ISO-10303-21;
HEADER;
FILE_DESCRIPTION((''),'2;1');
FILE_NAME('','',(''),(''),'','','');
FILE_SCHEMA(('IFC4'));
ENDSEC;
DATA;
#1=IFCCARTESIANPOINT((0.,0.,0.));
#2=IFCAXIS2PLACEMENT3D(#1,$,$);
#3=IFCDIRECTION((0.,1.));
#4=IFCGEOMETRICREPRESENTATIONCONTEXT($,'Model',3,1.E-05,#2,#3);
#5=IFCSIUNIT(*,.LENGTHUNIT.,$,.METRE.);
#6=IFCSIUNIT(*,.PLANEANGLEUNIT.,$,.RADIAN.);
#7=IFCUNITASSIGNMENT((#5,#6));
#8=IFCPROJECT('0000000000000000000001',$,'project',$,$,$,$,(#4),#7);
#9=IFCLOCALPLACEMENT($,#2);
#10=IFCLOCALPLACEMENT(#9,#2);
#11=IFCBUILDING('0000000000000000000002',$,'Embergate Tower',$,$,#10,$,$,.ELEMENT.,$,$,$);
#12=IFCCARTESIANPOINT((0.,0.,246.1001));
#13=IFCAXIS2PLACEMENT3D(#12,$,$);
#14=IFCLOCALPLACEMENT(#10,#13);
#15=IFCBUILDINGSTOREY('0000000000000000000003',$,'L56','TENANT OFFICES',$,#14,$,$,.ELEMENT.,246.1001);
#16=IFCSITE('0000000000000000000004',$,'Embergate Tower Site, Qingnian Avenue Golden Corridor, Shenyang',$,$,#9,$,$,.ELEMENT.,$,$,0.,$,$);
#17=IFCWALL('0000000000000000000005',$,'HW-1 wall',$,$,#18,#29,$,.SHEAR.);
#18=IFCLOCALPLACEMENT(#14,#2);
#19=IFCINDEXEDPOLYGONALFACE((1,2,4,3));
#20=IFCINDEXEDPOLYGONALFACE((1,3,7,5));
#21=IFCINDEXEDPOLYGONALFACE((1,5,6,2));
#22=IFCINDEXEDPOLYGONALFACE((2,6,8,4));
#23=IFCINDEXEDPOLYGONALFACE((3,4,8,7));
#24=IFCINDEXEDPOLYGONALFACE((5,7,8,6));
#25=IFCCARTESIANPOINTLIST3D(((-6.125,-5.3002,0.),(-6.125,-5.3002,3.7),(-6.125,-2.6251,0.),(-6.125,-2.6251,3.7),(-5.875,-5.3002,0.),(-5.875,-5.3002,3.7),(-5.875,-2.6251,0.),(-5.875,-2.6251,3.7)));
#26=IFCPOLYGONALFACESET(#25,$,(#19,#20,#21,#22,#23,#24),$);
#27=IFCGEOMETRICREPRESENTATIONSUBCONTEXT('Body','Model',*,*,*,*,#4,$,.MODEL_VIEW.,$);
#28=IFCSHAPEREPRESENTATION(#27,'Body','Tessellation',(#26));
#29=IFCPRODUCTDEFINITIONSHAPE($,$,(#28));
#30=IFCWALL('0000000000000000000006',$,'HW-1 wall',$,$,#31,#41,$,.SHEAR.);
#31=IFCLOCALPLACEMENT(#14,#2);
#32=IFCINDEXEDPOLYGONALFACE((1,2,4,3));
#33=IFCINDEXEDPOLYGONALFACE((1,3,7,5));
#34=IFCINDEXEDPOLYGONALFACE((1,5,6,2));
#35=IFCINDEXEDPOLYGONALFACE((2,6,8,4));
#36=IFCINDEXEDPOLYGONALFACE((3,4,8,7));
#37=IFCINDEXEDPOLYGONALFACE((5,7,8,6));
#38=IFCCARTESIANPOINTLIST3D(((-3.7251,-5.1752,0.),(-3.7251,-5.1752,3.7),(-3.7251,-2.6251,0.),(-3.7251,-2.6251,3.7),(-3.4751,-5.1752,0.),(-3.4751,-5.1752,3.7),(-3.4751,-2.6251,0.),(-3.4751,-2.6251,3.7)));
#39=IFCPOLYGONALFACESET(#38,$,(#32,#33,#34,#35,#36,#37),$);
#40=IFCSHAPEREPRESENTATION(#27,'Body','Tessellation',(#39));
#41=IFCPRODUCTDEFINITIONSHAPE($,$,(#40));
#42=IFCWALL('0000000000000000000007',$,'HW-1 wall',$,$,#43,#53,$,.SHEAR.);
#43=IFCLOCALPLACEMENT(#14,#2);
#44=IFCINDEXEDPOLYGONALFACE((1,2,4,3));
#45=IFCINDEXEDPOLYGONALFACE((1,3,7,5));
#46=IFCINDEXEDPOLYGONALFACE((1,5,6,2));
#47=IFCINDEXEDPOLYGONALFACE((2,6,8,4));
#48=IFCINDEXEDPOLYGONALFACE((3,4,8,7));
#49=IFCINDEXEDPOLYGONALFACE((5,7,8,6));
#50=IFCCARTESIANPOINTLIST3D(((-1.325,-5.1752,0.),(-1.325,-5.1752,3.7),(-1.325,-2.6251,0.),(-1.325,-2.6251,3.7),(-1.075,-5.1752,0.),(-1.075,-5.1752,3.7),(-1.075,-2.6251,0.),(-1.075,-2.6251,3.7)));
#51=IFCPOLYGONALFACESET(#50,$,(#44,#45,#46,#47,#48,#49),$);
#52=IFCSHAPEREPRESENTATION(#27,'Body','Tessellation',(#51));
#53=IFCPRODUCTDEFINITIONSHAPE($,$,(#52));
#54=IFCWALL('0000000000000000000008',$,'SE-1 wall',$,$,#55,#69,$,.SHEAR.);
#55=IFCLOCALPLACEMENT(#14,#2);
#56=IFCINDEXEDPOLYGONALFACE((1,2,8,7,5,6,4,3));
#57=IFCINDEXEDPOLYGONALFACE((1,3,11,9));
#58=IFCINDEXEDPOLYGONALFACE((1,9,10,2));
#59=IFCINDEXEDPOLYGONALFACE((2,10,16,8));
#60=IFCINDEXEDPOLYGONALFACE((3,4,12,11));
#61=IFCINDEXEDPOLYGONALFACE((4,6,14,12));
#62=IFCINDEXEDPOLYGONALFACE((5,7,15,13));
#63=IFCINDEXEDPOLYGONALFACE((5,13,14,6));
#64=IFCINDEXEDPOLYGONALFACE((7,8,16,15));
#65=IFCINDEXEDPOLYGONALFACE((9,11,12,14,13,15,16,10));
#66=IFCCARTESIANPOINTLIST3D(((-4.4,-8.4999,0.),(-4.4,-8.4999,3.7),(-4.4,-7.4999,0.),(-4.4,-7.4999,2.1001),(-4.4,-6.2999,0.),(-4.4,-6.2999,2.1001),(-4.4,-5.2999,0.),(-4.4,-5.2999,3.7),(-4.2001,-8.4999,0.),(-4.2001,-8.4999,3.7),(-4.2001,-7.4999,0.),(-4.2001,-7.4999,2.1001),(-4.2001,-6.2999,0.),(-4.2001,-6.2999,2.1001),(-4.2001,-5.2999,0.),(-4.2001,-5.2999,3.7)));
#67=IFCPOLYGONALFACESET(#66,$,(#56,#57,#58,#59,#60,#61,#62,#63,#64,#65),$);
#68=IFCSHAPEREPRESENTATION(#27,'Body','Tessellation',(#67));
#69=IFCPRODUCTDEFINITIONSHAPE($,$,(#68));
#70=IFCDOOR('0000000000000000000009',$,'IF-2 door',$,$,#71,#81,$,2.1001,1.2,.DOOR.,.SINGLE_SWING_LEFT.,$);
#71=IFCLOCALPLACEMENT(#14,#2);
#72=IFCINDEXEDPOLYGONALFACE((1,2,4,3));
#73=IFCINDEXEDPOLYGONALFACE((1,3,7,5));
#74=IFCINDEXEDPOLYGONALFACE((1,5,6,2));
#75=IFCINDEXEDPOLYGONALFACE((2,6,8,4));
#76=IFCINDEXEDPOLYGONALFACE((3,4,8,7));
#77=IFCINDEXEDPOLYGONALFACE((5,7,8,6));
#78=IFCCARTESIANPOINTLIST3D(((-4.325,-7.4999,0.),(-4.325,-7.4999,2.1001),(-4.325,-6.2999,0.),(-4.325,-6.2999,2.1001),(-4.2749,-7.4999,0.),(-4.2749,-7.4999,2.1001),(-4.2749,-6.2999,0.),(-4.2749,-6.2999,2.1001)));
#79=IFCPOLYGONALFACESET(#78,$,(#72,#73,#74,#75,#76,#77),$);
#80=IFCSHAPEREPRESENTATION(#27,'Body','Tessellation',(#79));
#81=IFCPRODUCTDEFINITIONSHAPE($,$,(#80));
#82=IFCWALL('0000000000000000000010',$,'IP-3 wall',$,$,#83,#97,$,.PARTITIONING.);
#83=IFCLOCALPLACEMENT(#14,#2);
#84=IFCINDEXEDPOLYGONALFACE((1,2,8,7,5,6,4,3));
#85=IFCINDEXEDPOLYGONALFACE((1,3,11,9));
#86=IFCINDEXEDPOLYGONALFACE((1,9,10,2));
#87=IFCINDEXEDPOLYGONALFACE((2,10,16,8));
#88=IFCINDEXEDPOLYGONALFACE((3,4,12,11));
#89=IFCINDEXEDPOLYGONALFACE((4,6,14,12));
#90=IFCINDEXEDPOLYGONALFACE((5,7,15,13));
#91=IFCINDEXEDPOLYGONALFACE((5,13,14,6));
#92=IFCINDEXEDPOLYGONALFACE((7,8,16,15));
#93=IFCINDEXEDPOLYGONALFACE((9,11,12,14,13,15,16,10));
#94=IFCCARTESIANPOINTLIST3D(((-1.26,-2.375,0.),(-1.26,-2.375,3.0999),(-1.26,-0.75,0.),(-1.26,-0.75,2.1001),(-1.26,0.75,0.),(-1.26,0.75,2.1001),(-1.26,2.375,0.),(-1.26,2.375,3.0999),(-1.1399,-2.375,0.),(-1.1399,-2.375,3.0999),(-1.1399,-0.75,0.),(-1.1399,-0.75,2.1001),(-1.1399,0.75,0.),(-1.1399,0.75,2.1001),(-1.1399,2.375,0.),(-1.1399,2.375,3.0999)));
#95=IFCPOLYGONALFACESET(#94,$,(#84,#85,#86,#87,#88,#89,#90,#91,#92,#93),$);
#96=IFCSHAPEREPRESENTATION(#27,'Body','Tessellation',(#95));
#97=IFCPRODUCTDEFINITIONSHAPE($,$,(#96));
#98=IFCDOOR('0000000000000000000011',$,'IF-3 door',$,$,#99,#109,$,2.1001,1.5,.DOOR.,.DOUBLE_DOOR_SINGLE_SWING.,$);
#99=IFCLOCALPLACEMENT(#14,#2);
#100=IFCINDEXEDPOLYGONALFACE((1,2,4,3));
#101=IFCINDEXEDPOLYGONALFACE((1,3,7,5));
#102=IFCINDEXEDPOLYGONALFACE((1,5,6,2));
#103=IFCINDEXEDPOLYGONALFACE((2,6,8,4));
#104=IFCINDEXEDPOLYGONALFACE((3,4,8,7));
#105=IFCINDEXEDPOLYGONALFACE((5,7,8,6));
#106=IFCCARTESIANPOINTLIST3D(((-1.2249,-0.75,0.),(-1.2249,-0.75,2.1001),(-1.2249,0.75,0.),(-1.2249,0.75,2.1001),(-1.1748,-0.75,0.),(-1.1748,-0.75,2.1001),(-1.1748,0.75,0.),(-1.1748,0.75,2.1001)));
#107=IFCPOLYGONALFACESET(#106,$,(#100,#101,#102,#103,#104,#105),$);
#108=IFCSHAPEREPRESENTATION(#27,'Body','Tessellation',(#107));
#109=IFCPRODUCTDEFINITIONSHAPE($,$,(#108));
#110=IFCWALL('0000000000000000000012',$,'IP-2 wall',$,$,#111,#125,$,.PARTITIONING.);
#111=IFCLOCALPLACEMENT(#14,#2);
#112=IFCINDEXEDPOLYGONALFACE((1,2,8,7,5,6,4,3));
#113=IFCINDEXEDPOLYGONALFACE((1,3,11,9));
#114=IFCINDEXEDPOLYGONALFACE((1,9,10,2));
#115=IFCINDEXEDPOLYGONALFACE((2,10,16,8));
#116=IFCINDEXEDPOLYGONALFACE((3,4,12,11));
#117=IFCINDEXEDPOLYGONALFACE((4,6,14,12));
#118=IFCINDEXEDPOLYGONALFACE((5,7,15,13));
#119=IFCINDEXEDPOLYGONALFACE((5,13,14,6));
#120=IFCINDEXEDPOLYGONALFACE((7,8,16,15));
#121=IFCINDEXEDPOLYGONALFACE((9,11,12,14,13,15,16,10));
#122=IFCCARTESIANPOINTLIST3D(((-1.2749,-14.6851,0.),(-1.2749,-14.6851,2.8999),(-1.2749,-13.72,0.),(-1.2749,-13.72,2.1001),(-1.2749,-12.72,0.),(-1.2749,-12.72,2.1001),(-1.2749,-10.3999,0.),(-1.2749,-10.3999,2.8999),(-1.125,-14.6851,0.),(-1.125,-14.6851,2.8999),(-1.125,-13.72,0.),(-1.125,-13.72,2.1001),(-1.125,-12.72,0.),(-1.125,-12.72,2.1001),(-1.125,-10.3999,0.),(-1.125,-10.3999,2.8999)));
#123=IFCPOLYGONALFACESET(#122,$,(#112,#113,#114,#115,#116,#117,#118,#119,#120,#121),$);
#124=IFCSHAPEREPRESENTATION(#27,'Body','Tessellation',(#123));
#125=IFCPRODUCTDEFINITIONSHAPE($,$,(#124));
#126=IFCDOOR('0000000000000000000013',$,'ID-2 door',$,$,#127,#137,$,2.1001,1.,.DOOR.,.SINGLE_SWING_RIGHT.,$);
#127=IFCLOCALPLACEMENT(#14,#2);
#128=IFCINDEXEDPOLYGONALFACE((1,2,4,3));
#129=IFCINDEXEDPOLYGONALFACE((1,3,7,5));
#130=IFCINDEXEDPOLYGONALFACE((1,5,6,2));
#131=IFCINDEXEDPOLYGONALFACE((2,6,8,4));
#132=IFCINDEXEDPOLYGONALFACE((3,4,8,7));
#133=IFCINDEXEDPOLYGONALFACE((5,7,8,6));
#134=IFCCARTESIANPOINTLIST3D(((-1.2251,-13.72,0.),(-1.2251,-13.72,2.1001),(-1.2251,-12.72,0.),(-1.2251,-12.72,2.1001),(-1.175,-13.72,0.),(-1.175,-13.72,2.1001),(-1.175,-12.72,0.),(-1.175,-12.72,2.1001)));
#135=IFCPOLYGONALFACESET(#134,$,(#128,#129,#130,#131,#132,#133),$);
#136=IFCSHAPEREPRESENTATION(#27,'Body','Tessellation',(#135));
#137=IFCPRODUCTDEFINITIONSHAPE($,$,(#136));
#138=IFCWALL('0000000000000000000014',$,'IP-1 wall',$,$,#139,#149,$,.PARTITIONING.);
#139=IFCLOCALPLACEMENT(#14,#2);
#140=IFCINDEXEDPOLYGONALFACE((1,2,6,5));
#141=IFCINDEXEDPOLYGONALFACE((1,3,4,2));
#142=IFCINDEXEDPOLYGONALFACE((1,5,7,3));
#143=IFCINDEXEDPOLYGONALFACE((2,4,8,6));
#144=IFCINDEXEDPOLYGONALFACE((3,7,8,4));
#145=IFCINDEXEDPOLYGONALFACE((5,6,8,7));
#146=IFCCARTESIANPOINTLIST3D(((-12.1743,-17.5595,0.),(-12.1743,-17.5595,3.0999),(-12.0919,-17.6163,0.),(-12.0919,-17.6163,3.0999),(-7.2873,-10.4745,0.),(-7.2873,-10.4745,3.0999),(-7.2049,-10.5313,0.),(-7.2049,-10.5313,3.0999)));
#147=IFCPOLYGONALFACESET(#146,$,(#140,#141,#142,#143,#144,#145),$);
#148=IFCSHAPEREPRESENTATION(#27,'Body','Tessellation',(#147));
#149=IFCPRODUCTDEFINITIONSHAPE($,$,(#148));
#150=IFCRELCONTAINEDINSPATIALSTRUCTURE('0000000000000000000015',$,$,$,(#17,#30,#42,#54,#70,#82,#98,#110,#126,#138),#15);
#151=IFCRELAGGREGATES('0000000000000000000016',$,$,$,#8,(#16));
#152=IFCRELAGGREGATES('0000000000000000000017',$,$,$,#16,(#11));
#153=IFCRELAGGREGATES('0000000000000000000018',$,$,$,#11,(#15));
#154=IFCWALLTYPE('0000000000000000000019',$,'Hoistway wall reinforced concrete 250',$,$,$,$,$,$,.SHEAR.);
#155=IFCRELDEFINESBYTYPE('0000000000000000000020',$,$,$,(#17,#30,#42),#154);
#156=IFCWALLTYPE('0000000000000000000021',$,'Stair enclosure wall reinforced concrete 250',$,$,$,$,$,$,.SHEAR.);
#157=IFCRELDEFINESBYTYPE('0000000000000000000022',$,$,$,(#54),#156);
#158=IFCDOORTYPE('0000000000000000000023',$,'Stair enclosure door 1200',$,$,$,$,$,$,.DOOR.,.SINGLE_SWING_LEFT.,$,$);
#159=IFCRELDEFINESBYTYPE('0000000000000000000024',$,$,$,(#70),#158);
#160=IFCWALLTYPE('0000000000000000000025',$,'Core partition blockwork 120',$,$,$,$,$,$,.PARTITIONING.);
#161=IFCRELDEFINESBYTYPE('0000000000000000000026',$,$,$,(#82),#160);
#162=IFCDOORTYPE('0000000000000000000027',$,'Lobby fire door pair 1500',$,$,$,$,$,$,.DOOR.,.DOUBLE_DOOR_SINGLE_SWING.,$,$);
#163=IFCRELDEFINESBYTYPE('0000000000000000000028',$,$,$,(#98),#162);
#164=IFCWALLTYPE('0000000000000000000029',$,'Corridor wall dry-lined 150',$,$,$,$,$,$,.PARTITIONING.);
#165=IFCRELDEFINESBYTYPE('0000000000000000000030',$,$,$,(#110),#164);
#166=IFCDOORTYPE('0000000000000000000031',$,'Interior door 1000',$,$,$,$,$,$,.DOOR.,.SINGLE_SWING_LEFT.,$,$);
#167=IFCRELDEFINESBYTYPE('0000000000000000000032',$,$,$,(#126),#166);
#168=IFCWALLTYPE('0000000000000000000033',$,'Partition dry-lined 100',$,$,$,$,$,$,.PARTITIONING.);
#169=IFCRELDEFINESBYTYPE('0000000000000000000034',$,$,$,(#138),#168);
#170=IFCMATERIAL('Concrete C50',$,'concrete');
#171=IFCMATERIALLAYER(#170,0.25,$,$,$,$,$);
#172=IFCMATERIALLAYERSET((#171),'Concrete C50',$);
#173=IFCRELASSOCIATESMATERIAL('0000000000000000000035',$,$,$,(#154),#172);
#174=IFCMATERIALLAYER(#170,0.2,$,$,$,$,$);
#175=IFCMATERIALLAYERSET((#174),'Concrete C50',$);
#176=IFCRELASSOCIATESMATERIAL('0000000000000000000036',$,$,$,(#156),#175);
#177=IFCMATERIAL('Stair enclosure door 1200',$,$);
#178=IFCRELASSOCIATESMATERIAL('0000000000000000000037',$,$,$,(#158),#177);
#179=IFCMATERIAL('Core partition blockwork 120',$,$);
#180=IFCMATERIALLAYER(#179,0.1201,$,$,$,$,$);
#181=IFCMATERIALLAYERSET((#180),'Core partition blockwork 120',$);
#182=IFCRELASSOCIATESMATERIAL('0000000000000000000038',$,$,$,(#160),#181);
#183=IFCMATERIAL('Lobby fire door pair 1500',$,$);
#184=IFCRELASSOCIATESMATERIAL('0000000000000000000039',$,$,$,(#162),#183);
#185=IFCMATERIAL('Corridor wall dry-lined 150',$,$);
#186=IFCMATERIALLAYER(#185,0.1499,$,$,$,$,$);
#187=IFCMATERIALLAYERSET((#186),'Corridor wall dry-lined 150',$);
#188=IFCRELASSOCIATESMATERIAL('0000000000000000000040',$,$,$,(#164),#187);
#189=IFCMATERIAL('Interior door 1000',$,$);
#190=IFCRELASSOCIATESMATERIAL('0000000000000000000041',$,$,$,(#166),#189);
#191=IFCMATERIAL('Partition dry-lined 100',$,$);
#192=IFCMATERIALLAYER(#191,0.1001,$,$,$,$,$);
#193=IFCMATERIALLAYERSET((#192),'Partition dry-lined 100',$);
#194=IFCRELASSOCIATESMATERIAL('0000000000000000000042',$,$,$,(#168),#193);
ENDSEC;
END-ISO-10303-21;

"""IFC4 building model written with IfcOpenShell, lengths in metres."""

from ifc_helpers import new_model, si_unit, direction, frame, frame_2d, origin, place, context, subcontext, project, spatial, rectangle, extrude, source, transform, mapped, material, layer, layer_set, type_object, element, fill, save


model = new_model("IFC4")

# Units and contexts
model_context = context("Model", 3, precision=1e-05, world=origin(), true_north=direction((0.0, 1.0)))
body_context = subcontext(model_context, "Body", "Model", "MODEL_VIEW")
ifc_project = project(units=[si_unit("LENGTHUNIT", "METRE"), si_unit("PLANEANGLEUNIT", "RADIAN")], contexts=[model_context])

# Site, building, storey
site_placement = place(None, origin())
site = spatial("IfcSite", under=ifc_project, at=site_placement, Name="Embergate Tower Site, Qingnian Avenue Golden Corridor, Shenyang", CompositionType="ELEMENT", RefElevation=0.0)
building_placement = place(site_placement, origin())
building = spatial("IfcBuilding", under=site, at=building_placement, Name="Embergate Tower", CompositionType="ELEMENT")
storey_placement = place(building_placement, frame((0.0, 0.0, 246.1001)))
storey = spatial("IfcBuildingStorey", under=building, at=storey_placement, Name="L56", Description="TENANT OFFICES", CompositionType="ELEMENT", Elevation=246.1001)

# Walls
ifc_material_1 = material(Name="Concrete C50", Category="concrete")
ifc_layer_1 = layer(ifc_material_1, 0.25)
ifc_layer_set_1 = layer_set([ifc_layer_1], Name="Concrete C50")
wall_type_1 = type_object("IfcWallType", Name="Hoistway wall reinforced concrete 250", PredefinedType="SHEAR", material=ifc_layer_set_1)
shared_shape_1 = source(origin(), body_context, "Body", "SweptSolid", [
    extrude(rectangle(XDim=2.675, YDim=0.25, at=frame_2d((1.3374, 0.0))), origin(), (0.0, 0.0, 1.0), 3.7),
])
wall_1_placement = place(storey_placement, frame((-6.0, -5.3, 0.0), z_axis=(0.0, 0.0, 1.0), x_axis=(0.0, 1.0, 0.0)))
element("IfcWall", 1, at=wall_1_placement, inside=storey, type_object=wall_type_1, Name="HW-1 wall", PredefinedType="SHEAR", context=body_context, shape_type="MappedRepresentation", body=[
    mapped(shared_shape_1, transform((0.0, 0.0, 0.0))),
])
shared_shape_2 = source(origin(), body_context, "Body", "SweptSolid", [
    extrude(rectangle(XDim=2.55, YDim=0.25, at=frame_2d((1.2749, 0.0))), origin(), (0.0, 0.0, 1.0), 3.7),
])
for number, where, z_axis, x_axis, name in (
    (2, (-3.6001, -5.175, 0.0), (0.0, 0.0, 1.0), (0.0, 1.0, 0.0), "HW-1 wall"),
    (3, (-1.2, -5.175, 0.0), (0.0, 0.0, 1.0), (0.0, 1.0, 0.0), "HW-1 wall"),
):
    element("IfcWall", number, at=place(storey_placement, frame(where, z_axis=z_axis, x_axis=x_axis)), inside=storey, type_object=wall_type_1, Name=name, PredefinedType="SHEAR", context=body_context, shape_type="MappedRepresentation", body=[
        mapped(shared_shape_2, transform((0.0, 0.0, 0.0))),
    ])

# Walls, openings, doors
ifc_layer_2 = layer(ifc_material_1, 0.2)
ifc_layer_set_2 = layer_set([ifc_layer_2], Name="Concrete C50")
wall_type_2 = type_object("IfcWallType", Name="Stair enclosure wall reinforced concrete 250", PredefinedType="SHEAR", material=ifc_layer_set_2)
shared_shape_3 = source(origin(), body_context, "Body", "SweptSolid", [
    extrude(rectangle(XDim=3.2, YDim=0.2, at=frame_2d((1.6001, 0.0))), origin(), (0.0, 0.0, 1.0), 3.7),
])
wall_2_placement = place(storey_placement, frame((-4.3, -8.5, 0.0), z_axis=(0.0, 0.0, 1.0), x_axis=(0.0, 1.0, 0.0)))
wall_2 = element("IfcWall", 4, at=wall_2_placement, inside=storey, type_object=wall_type_2, Name="SE-1 wall", PredefinedType="SHEAR", context=body_context, shape_type="MappedRepresentation", body=[
    mapped(shared_shape_3, transform((0.0, 0.0, 0.0))),
])
shared_shape_4 = source(origin(), body_context, "Body", "SweptSolid", [
    extrude(rectangle(XDim=1.2, YDim=2.1001, at=frame_2d((0.6001, 1.05))), frame((0.0, 0.1099, 0.0), z_axis=(0.0, -1.0, 0.0), x_axis=(1.0, 0.0, 0.0)), (0.0, 0.0, 1.0), 0.22),
])
opening_1_placement = place(wall_2_placement, frame((1.0, 0.0, 0.0)))
opening_1 = element("IfcOpeningElement", 5, at=opening_1_placement, cuts=wall_2, PredefinedType="OPENING", context=body_context, shape_type="MappedRepresentation", body=[
    mapped(shared_shape_4, transform((0.0, 0.0, 0.0))),
])
ifc_material_2 = material(Name="Stair enclosure door 1200")
door_type_1 = type_object("IfcDoorType", Name="Stair enclosure door 1200", OperationType="SINGLE_SWING_LEFT", PredefinedType="DOOR", material=ifc_material_2)
shared_shape_5 = source(origin(), body_context, "Body", "SweptSolid", [
    extrude(rectangle(XDim=1.2, YDim=2.1001, at=frame_2d((0.6001, 1.05))), frame((0.0, 0.0249, 0.0), z_axis=(0.0, -1.0, 0.0), x_axis=(1.0, 0.0, 0.0)), (0.0, 0.0, 1.0), 0.05),
])
door_1_placement = place(opening_1_placement, origin())
door_1 = element("IfcDoor", 6, at=door_1_placement, inside=storey, type_object=door_type_1, Name="IF-2 door", OperationType="SINGLE_SWING_LEFT", OverallHeight=2.1001, OverallWidth=1.2, PredefinedType="DOOR", context=body_context, shape_type="MappedRepresentation", body=[
    mapped(shared_shape_5, transform((0.0, 0.0, 0.0))),
])
fill(opening_1, door_1)
ifc_material_3 = material(Name="Core partition blockwork 120")
ifc_layer_3 = layer(ifc_material_3, 0.1201)
ifc_layer_set_3 = layer_set([ifc_layer_3], Name="Core partition blockwork 120")
wall_type_3 = type_object("IfcWallType", Name="Core partition blockwork 120", PredefinedType="PARTITIONING", material=ifc_layer_set_3)
shared_shape_6 = source(origin(), body_context, "Body", "SweptSolid", [
    extrude(rectangle(XDim=4.75, YDim=0.1201, at=frame_2d((2.375, 0.0))), origin(), (0.0, 0.0, 1.0), 3.0999),
])
wall_3_placement = place(storey_placement, frame((-1.2, -2.375, 0.0), z_axis=(0.0, 0.0, 1.0), x_axis=(0.0, 1.0, 0.0)))
wall_3 = element("IfcWall", 7, at=wall_3_placement, inside=storey, type_object=wall_type_3, Name="IP-3 wall", PredefinedType="PARTITIONING", context=body_context, shape_type="MappedRepresentation", body=[
    mapped(shared_shape_6, transform((0.0, 0.0, 0.0))),
])
shared_shape_7 = source(origin(), body_context, "Body", "SweptSolid", [
    extrude(rectangle(XDim=1.5, YDim=2.1001, at=frame_2d((0.75, 1.05))), frame((0.0, 0.0701, 0.0), z_axis=(0.0, -1.0, 0.0), x_axis=(1.0, 0.0, 0.0)), (0.0, 0.0, 1.0), 0.1401),
])
opening_2_placement = place(wall_3_placement, frame((1.625, 0.0, 0.0)))
opening_2 = element("IfcOpeningElement", 8, at=opening_2_placement, cuts=wall_3, PredefinedType="OPENING", context=body_context, shape_type="MappedRepresentation", body=[
    mapped(shared_shape_7, transform((0.0, 0.0, 0.0))),
])
ifc_material_4 = material(Name="Lobby fire door pair 1500")
door_type_2 = type_object("IfcDoorType", Name="Lobby fire door pair 1500", OperationType="DOUBLE_DOOR_SINGLE_SWING", PredefinedType="DOOR", material=ifc_material_4)
shared_shape_8 = source(origin(), body_context, "Body", "SweptSolid", [
    extrude(rectangle(XDim=1.5, YDim=2.1001, at=frame_2d((0.75, 1.05))), frame((0.0, 0.0249, 0.0), z_axis=(0.0, -1.0, 0.0), x_axis=(1.0, 0.0, 0.0)), (0.0, 0.0, 1.0), 0.05),
])
door_2_placement = place(opening_2_placement, origin())
door_2 = element("IfcDoor", 9, at=door_2_placement, inside=storey, type_object=door_type_2, Name="IF-3 door", OperationType="DOUBLE_DOOR_SINGLE_SWING", OverallHeight=2.1001, OverallWidth=1.5, PredefinedType="DOOR", context=body_context, shape_type="MappedRepresentation", body=[
    mapped(shared_shape_8, transform((0.0, 0.0, 0.0))),
])
fill(opening_2, door_2)
ifc_material_5 = material(Name="Corridor wall dry-lined 150")
ifc_layer_4 = layer(ifc_material_5, 0.1499)
ifc_layer_set_4 = layer_set([ifc_layer_4], Name="Corridor wall dry-lined 150")
wall_type_4 = type_object("IfcWallType", Name="Corridor wall dry-lined 150", PredefinedType="PARTITIONING", material=ifc_layer_set_4)
shared_shape_9 = source(origin(), body_context, "Body", "SweptSolid", [
    extrude(rectangle(XDim=4.2852, YDim=0.1499, at=frame_2d((2.1426, 0.0))), origin(), (0.0, 0.0, 1.0), 2.8999),
])
wall_4_placement = place(storey_placement, frame((-1.2, -10.3999, 0.0), z_axis=(0.0, 0.0, 1.0), x_axis=(0.0, -1.0, 0.0)))
wall_4 = element("IfcWall", 10, at=wall_4_placement, inside=storey, type_object=wall_type_4, Name="IP-2 wall", PredefinedType="PARTITIONING", context=body_context, shape_type="MappedRepresentation", body=[
    mapped(shared_shape_9, transform((0.0, 0.0, 0.0))),
])
shared_shape_10 = source(origin(), body_context, "Body", "SweptSolid", [
    extrude(rectangle(XDim=1.0, YDim=2.1001, at=frame_2d((0.5, 1.05))), frame((0.0, 0.085, 0.0), z_axis=(0.0, -1.0, 0.0), x_axis=(1.0, 0.0, 0.0)), (0.0, 0.0, 1.0), 0.1699),
])
opening_3_placement = place(wall_4_placement, frame((2.3201, 0.0, 0.0)))
opening_3 = element("IfcOpeningElement", 11, at=opening_3_placement, cuts=wall_4, PredefinedType="OPENING", context=body_context, shape_type="MappedRepresentation", body=[
    mapped(shared_shape_10, transform((0.0, 0.0, 0.0))),
])
ifc_material_6 = material(Name="Interior door 1000")
door_type_3 = type_object("IfcDoorType", Name="Interior door 1000", OperationType="SINGLE_SWING_LEFT", PredefinedType="DOOR", material=ifc_material_6)
shared_shape_11 = source(origin(), body_context, "Body", "SweptSolid", [
    extrude(rectangle(XDim=1.0, YDim=2.1001, at=frame_2d((0.5, 1.05))), frame((0.0, 0.0249, 0.0), z_axis=(0.0, -1.0, 0.0), x_axis=(1.0, 0.0, 0.0)), (0.0, 0.0, 1.0), 0.05),
])
door_3_placement = place(opening_3_placement, origin())
door_3 = element("IfcDoor", 12, at=door_3_placement, inside=storey, type_object=door_type_3, Name="ID-2 door", OperationType="SINGLE_SWING_RIGHT", OverallHeight=2.1001, OverallWidth=1.0, PredefinedType="DOOR", context=body_context, shape_type="MappedRepresentation", body=[
    mapped(shared_shape_11, transform((0.0, 0.0, 0.0))),
])
fill(opening_3, door_3)

# Wall
ifc_material_7 = material(Name="Partition dry-lined 100")
ifc_layer_5 = layer(ifc_material_7, 0.1001)
ifc_layer_set_5 = layer_set([ifc_layer_5], Name="Partition dry-lined 100")
wall_type_5 = type_object("IfcWallType", Name="Partition dry-lined 100", PredefinedType="PARTITIONING", material=ifc_layer_set_5)
shared_shape_12 = source(origin(), body_context, "Body", "SweptSolid", [
    extrude(rectangle(XDim=8.6069, YDim=0.1001, at=frame_2d((4.3035, 0.0))), origin(), (0.0, 0.0, 1.0), 3.0999),
])
wall_5_placement = place(storey_placement, frame((-7.2461, -10.5029, 0.0), z_axis=(0.0, 0.0, 1.0), x_axis=(-0.567795, -0.82317, 0.0)))
element("IfcWall", 13, at=wall_5_placement, inside=storey, type_object=wall_type_5, Name="IP-1 wall", PredefinedType="PARTITIONING", context=body_context, shape_type="MappedRepresentation", body=[
    mapped(shared_shape_12, transform((0.0, 0.0, 0.0))),
])

save(model, "model.ifc")
